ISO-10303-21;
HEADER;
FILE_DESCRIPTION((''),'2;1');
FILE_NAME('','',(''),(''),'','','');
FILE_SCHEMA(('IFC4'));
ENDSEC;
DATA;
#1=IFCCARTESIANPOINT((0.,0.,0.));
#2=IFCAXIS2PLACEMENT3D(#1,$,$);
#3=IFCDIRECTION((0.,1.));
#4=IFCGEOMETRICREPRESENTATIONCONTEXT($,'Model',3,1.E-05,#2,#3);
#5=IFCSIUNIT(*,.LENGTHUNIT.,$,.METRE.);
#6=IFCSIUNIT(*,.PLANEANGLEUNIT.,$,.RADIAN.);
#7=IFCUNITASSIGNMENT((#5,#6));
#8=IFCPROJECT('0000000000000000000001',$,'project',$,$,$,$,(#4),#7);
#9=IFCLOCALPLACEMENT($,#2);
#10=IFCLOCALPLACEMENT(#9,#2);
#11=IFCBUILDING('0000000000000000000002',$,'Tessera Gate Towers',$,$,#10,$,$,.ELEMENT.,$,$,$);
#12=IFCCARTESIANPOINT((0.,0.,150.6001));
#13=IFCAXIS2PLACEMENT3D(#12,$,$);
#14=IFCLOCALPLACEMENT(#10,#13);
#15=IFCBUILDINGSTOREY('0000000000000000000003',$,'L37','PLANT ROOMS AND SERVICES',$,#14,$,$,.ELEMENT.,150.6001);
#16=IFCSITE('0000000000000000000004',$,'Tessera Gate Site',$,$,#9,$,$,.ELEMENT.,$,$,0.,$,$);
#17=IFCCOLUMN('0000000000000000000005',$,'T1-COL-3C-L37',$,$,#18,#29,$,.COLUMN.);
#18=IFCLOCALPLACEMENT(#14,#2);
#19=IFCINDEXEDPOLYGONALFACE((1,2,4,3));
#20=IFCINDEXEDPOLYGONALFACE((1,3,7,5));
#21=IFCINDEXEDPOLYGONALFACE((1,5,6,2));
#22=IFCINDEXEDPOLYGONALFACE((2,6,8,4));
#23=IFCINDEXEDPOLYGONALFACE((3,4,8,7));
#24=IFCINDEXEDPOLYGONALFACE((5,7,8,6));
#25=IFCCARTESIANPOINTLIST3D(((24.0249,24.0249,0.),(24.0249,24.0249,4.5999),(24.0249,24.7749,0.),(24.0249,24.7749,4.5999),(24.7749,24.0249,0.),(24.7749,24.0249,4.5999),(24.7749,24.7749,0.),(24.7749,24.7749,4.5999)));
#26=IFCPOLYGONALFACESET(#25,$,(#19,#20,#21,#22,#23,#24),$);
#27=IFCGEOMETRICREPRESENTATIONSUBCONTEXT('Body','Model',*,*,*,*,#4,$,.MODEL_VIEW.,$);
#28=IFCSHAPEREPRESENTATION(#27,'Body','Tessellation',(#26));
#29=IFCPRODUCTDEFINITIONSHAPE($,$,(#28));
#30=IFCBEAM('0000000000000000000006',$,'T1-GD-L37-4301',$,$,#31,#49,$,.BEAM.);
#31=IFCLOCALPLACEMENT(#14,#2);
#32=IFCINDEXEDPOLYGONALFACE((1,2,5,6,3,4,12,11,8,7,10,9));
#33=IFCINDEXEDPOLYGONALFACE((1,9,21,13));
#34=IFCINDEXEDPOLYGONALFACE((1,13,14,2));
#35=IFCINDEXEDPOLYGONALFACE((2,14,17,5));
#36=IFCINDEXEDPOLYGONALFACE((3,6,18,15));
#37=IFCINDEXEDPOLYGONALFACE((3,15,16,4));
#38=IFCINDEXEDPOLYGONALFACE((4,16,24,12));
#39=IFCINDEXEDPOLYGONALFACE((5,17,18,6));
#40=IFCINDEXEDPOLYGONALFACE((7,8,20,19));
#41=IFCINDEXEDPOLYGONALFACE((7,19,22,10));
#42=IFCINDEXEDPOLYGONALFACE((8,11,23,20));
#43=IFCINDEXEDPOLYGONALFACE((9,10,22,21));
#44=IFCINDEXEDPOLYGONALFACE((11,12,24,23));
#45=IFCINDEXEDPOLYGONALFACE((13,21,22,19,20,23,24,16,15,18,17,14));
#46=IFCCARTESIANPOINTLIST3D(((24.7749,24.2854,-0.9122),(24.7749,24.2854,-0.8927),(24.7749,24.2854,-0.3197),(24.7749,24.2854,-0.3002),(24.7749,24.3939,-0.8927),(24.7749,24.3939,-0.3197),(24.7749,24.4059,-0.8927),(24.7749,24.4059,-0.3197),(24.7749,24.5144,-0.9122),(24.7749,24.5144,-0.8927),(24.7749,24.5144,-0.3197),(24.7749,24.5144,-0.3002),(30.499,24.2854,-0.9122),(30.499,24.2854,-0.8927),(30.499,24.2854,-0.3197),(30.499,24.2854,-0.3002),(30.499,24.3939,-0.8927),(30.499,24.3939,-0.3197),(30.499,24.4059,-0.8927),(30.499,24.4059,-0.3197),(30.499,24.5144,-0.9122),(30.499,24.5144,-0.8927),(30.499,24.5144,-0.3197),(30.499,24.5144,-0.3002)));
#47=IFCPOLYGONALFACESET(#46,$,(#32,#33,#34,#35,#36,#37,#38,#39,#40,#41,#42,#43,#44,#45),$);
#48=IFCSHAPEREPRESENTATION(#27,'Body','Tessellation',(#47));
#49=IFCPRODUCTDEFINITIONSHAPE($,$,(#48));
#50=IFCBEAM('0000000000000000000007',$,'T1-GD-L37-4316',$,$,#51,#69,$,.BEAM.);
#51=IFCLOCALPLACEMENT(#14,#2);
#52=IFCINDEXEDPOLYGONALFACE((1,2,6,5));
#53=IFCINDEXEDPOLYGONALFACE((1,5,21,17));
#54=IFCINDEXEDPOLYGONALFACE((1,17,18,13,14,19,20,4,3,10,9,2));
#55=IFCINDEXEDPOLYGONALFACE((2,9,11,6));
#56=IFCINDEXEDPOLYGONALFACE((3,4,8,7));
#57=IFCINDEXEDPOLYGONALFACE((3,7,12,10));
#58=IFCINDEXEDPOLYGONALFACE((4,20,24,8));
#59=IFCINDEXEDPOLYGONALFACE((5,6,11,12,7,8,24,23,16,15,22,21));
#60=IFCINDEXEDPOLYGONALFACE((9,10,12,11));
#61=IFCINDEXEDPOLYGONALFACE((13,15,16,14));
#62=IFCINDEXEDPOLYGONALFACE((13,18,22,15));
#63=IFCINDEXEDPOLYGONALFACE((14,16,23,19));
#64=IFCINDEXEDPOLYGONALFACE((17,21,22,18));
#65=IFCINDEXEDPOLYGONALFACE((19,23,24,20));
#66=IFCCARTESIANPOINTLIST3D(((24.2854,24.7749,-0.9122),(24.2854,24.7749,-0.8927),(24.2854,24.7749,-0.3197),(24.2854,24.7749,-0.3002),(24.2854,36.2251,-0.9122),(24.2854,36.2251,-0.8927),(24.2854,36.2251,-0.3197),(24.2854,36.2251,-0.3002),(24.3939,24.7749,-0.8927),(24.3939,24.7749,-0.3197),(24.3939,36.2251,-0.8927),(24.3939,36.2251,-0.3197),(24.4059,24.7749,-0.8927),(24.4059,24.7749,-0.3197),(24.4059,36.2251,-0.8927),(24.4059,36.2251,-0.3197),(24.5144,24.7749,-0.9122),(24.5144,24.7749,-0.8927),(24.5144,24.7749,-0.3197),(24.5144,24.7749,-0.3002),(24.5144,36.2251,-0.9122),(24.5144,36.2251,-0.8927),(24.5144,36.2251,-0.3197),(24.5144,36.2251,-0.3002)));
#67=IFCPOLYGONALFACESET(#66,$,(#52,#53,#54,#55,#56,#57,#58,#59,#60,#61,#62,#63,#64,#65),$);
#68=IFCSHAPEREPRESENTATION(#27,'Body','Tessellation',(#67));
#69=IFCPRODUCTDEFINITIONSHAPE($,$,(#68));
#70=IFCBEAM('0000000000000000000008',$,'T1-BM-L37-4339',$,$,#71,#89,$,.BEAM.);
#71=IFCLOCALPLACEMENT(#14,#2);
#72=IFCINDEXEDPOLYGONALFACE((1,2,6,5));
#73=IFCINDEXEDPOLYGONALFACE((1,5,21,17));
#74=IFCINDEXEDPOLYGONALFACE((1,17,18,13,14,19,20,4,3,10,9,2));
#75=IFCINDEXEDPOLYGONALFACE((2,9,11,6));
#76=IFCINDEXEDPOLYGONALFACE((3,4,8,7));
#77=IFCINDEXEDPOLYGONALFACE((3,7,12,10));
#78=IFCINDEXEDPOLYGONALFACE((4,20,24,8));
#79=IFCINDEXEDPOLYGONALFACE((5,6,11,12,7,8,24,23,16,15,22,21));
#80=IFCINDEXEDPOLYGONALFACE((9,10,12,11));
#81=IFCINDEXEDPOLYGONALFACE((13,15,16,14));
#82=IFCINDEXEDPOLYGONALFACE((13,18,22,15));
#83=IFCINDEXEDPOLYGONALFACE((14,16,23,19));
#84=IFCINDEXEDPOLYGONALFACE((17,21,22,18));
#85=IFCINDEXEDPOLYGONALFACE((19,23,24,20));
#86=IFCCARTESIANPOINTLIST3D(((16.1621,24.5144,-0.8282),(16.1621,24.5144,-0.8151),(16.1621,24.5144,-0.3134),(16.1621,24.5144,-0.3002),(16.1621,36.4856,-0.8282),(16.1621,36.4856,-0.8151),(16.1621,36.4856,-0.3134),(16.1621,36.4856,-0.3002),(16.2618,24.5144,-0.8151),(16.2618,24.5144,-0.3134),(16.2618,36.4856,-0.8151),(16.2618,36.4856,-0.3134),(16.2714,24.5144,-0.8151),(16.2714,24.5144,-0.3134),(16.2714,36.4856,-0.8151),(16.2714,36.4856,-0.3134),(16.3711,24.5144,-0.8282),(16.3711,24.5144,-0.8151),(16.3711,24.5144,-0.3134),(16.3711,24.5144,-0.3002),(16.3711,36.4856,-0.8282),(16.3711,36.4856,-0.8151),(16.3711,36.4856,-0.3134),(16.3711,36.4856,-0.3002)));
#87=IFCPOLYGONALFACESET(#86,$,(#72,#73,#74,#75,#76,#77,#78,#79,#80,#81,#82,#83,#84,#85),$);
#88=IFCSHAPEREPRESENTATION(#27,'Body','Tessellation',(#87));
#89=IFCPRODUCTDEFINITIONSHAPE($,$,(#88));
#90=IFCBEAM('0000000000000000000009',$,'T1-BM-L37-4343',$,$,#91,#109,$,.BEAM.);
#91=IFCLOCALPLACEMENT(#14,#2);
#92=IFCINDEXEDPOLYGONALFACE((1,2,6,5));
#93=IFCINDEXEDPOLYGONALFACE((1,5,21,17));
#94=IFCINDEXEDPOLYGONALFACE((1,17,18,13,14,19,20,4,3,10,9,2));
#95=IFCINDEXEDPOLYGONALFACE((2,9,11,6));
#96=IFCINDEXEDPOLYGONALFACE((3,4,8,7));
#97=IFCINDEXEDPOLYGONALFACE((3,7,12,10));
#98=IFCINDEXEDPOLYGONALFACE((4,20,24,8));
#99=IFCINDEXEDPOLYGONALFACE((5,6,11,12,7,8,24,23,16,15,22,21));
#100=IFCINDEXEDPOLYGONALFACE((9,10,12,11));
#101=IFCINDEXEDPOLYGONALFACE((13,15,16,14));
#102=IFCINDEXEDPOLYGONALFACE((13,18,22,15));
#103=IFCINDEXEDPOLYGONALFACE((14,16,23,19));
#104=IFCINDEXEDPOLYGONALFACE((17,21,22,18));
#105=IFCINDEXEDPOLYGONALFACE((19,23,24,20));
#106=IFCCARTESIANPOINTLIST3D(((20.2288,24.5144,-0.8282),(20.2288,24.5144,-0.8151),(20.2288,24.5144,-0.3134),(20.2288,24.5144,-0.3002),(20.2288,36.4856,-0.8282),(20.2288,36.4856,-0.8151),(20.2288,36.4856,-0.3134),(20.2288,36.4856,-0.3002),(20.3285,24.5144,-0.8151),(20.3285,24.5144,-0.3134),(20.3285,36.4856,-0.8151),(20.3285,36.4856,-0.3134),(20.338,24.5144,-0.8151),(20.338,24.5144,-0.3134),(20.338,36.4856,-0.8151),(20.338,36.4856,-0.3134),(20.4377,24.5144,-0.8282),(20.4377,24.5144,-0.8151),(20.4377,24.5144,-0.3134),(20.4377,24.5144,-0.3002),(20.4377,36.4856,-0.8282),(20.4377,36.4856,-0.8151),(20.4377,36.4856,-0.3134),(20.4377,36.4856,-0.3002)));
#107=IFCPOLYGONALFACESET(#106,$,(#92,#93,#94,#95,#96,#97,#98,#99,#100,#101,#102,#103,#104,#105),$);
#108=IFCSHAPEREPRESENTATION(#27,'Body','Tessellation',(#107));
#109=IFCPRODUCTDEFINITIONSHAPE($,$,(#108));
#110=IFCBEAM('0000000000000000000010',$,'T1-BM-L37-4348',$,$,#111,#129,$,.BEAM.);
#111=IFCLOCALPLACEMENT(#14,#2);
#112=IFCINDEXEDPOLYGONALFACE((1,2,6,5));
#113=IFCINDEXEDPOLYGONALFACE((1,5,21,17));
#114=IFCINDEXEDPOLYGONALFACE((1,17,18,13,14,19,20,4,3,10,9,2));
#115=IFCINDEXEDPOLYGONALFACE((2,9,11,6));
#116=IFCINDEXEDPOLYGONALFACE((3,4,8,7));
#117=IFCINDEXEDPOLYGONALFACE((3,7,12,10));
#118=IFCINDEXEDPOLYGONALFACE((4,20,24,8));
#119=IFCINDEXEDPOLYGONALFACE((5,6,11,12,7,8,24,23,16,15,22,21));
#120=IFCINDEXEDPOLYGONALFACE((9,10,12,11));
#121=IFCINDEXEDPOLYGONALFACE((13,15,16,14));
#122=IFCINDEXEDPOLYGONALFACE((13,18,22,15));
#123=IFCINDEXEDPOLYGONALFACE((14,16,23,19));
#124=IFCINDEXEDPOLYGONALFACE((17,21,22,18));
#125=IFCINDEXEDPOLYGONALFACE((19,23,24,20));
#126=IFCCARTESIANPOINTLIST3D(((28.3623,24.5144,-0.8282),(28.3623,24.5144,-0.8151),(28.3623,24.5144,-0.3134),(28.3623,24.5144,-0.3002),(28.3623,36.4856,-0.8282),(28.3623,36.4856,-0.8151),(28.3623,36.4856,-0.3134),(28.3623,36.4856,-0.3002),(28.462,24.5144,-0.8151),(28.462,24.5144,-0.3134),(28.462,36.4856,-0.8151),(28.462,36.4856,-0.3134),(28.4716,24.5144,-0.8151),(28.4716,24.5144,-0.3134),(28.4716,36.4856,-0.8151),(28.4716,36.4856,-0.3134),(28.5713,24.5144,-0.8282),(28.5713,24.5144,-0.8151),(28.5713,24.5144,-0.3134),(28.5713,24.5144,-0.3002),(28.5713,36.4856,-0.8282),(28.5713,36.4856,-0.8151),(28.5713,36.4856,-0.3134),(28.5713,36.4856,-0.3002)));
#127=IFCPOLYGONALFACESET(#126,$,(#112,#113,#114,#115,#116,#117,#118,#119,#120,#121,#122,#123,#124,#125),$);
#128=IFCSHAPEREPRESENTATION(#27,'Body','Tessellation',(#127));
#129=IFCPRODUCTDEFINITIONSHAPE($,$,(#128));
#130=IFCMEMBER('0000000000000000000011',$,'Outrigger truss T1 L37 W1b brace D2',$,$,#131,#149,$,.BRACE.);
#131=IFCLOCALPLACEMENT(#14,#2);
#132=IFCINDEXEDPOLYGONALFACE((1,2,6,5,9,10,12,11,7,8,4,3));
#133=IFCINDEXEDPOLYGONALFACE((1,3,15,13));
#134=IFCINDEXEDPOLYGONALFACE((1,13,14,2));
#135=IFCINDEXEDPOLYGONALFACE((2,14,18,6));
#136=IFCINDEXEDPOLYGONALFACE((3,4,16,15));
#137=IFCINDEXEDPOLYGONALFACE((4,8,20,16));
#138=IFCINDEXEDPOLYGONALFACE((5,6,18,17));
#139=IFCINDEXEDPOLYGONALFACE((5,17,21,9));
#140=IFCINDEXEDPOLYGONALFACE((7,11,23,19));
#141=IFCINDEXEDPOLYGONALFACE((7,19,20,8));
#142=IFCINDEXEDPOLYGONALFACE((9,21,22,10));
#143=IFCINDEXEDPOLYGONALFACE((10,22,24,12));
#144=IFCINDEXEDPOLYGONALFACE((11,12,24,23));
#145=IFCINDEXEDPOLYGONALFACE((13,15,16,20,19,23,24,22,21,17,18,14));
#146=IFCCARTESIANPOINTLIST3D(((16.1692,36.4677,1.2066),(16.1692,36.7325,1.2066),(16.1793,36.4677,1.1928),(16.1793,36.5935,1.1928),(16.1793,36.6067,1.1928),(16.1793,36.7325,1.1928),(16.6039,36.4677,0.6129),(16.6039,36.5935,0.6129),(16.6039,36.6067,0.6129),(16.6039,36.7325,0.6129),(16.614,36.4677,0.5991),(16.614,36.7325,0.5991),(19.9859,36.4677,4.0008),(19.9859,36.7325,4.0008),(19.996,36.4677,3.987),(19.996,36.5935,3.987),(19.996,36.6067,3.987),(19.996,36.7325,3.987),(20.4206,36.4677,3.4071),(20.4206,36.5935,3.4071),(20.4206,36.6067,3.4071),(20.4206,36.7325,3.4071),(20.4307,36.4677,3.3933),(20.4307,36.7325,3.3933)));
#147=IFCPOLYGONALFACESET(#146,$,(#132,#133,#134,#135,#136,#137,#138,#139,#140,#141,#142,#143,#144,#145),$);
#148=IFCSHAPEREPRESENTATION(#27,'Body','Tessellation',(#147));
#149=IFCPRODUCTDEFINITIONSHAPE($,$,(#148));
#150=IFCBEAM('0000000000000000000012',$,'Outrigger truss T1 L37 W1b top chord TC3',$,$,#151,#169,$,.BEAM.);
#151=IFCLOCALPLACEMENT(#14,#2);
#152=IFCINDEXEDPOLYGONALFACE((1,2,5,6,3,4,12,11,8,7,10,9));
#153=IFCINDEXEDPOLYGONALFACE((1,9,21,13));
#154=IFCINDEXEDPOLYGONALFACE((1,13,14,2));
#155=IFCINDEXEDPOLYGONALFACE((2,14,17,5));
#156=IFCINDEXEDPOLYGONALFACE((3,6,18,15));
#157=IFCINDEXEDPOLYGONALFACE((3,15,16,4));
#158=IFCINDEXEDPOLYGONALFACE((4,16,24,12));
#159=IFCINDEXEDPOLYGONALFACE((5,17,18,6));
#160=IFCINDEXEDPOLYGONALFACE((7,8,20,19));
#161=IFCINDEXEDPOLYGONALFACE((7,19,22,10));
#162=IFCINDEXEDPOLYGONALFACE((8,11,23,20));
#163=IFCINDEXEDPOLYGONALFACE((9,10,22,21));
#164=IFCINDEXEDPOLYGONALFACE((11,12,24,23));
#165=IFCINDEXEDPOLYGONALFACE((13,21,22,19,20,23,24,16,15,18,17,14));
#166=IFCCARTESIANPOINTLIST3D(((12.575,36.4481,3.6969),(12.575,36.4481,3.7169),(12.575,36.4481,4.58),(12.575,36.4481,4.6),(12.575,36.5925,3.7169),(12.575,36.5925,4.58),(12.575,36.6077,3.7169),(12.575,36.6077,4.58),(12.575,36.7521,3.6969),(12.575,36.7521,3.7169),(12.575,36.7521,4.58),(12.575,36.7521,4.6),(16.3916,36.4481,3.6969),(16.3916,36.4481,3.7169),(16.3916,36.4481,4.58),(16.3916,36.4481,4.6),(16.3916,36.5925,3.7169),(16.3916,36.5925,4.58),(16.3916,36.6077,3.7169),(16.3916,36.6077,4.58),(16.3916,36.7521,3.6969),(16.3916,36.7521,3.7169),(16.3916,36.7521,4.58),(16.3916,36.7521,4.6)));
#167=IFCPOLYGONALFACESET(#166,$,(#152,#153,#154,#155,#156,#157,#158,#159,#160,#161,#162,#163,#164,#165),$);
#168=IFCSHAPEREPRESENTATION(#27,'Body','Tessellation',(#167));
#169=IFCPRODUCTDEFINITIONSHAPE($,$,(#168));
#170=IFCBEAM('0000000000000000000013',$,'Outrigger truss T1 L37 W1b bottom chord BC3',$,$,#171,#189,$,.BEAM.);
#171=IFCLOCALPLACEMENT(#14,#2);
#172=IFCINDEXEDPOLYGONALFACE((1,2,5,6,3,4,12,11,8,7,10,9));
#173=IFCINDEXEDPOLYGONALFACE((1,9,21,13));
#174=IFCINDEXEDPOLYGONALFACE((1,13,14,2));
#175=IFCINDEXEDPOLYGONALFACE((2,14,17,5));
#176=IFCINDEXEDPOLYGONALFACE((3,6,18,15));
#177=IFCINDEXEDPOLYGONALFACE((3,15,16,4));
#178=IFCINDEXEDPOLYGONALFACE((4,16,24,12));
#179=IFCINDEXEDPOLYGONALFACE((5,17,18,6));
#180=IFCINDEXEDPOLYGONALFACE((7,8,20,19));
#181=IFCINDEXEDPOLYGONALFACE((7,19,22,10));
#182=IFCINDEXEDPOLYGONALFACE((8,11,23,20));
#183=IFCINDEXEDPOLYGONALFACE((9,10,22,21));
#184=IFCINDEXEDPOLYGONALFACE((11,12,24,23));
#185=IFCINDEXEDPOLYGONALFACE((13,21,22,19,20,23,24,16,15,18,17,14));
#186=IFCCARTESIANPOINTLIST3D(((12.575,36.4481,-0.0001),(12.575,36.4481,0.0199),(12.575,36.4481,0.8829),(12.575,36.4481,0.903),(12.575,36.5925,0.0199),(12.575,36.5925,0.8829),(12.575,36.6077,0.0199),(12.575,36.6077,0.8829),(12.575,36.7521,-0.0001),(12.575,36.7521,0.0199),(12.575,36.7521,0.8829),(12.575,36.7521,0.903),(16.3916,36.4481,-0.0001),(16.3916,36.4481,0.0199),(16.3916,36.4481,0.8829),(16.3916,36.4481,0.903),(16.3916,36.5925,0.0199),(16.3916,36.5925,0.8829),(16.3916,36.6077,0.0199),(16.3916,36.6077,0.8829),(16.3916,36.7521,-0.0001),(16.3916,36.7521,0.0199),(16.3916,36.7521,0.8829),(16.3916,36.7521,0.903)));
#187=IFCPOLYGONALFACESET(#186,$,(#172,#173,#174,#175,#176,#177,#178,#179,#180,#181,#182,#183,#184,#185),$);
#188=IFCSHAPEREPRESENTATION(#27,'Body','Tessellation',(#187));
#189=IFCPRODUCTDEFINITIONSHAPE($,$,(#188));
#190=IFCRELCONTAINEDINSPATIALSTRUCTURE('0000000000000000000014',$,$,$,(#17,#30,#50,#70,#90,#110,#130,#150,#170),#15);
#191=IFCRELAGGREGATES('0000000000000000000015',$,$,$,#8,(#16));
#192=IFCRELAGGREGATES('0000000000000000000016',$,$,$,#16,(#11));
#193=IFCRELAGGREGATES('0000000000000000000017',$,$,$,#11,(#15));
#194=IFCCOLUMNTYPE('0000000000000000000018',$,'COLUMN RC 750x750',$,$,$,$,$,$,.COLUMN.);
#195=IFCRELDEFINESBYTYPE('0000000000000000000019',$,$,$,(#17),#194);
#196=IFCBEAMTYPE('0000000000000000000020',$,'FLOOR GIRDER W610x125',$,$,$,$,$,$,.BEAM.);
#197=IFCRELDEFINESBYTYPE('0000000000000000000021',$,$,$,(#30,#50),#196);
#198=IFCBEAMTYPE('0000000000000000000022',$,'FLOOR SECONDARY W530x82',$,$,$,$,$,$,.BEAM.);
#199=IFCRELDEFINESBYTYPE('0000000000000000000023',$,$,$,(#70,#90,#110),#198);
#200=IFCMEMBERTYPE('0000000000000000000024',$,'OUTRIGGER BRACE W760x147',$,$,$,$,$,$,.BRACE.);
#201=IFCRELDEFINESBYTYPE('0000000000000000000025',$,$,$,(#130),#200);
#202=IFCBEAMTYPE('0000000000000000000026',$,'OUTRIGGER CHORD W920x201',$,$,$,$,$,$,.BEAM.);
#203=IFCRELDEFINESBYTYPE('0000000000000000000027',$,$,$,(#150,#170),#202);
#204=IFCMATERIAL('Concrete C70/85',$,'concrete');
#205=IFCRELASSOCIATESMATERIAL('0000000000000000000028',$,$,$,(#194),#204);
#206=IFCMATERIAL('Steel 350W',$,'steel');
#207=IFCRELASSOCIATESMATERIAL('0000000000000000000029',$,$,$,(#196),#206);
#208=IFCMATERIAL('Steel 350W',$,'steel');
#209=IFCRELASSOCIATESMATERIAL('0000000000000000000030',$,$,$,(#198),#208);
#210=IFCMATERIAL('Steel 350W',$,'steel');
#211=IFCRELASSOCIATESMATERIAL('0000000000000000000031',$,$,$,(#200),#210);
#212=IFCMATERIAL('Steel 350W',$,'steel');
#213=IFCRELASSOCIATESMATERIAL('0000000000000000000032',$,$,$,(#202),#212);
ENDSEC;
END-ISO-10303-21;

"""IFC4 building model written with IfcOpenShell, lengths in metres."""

from ifc_helpers import new_model, si_unit, direction, frame, origin, origin_2d, place, context, subcontext, project, spatial, rectangle, i_section, extrude, material, material_profile, profile_set, type_object, element, save


model = new_model("IFC4")

# Units and contexts
model_context = context("Model", 3, precision=1e-05, world=origin(), true_north=direction((0.0, 1.0)))
body_context = subcontext(model_context, "Body", "Model", "MODEL_VIEW")
ifc_project = project(units=[si_unit("LENGTHUNIT", "METRE"), si_unit("PLANEANGLEUNIT", "RADIAN")], contexts=[model_context])

# Site, building, storey
site_placement = place(None, origin())
site = spatial("IfcSite", under=ifc_project, at=site_placement, Name="Tessera Gate Site", CompositionType="ELEMENT", RefElevation=0.0)
building_placement = place(site_placement, origin())
building = spatial("IfcBuilding", under=site, at=building_placement, Name="Tessera Gate Towers", CompositionType="ELEMENT")
storey_placement = place(building_placement, frame((0.0, 0.0, 150.6001)))
storey = spatial("IfcBuildingStorey", under=building, at=storey_placement, Name="L37", Description="PLANT ROOMS AND SERVICES", CompositionType="ELEMENT", Elevation=150.6001)

# Column
ifc_material_1 = material(Name="Concrete C70/85", Category="concrete")
ifc_material_profile_1 = material_profile(ifc_material_1, rectangle(XDim=0.75, YDim=0.75, at=origin_2d()), Name="RC 750x750")
ifc_profile_set_1 = profile_set([ifc_material_profile_1], Name="Concrete C70/85")
column_type = type_object("IfcColumnType", Name="COLUMN RC 750x750", PredefinedType="COLUMN", material=ifc_profile_set_1)
column_placement = place(storey_placement, frame((24.3999, 24.3999, 0.0), z_axis=(0.0, 0.0, 1.0), x_axis=(1.0, 0.0, 0.0)))
element("IfcColumn", 1, at=column_placement, inside=storey, type_object=column_type, Name="T1-COL-3C-L37", PredefinedType="COLUMN", context=body_context, shape_type="SweptSolid", body=[
    extrude(rectangle(XDim=0.75, YDim=0.75, at=origin_2d()), origin(), (0.0, 0.0, 1.0), 4.5999),
])

# Beams
ifc_material_2 = material(Name="Steel 350W", Category="steel")
ifc_material_profile_2 = material_profile(ifc_material_2, i_section(OverallWidth=0.229, OverallDepth=0.6121, WebThickness=0.012, FlangeThickness=0.0195, at=origin_2d()), Name="W610x125")
ifc_profile_set_2 = profile_set([ifc_material_profile_2], Name="Steel 350W")
beam_type_1 = type_object("IfcBeamType", Name="FLOOR GIRDER W610x125", PredefinedType="BEAM", material=ifc_profile_set_2)
beam_1_placement = place(storey_placement, frame((24.7749, 24.3999, -0.6062), z_axis=(1.0, 0.0, 0.0), x_axis=(0.0, 1.0, 0.0)))
element("IfcBeam", 2, at=beam_1_placement, inside=storey, type_object=beam_type_1, Name="T1-GD-L37-4301", PredefinedType="BEAM", context=body_context, shape_type="SweptSolid", body=[
    extrude(i_section(OverallWidth=0.229, OverallDepth=0.6121, WebThickness=0.012, FlangeThickness=0.0195, at=origin_2d()), origin(), (0.0, 0.0, 1.0), 5.7241),
])
beam_2_placement = place(storey_placement, frame((24.3999, 24.7749, -0.6062), z_axis=(0.0, 1.0, 0.0), x_axis=(-1.0, 0.0, 0.0)))
element("IfcBeam", 3, at=beam_2_placement, inside=storey, type_object=beam_type_1, Name="T1-GD-L37-4316", PredefinedType="BEAM", context=body_context, shape_type="SweptSolid", body=[
    extrude(i_section(OverallWidth=0.229, OverallDepth=0.6121, WebThickness=0.012, FlangeThickness=0.0195, at=origin_2d()), origin(), (0.0, 0.0, 1.0), 11.4502),
])
ifc_material_3 = material(Name="Steel 350W", Category="steel")
ifc_material_profile_3 = material_profile(ifc_material_3, i_section(OverallWidth=0.209, OverallDepth=0.5281, WebThickness=0.0095, FlangeThickness=0.0132, at=origin_2d()), Name="W530x82")
ifc_profile_set_3 = profile_set([ifc_material_profile_3], Name="Steel 350W")
beam_type_2 = type_object("IfcBeamType", Name="FLOOR SECONDARY W530x82", PredefinedType="BEAM", material=ifc_profile_set_3)
for number, where, z_axis, x_axis, name in (
    (4, (16.2666, 24.5144, -0.5642), (0.0, 1.0, 0.0), (-1.0, 0.0, 0.0), "T1-BM-L37-4339"),
    (5, (20.3333, 24.5144, -0.5642), (0.0, 1.0, 0.0), (-1.0, 0.0, 0.0), "T1-BM-L37-4343"),
    (6, (28.4668, 24.5144, -0.5642), (0.0, 1.0, 0.0), (-1.0, 0.0, 0.0), "T1-BM-L37-4348"),
):
    element("IfcBeam", number, at=place(storey_placement, frame(where, z_axis=z_axis, x_axis=x_axis)), inside=storey, type_object=beam_type_2, Name=name, PredefinedType="BEAM", context=body_context, shape_type="SweptSolid", body=[
        extrude(i_section(OverallWidth=0.209, OverallDepth=0.5281, WebThickness=0.0095, FlangeThickness=0.0132, at=origin_2d()), origin(), (0.0, 0.0, 1.0), 11.9712),
    ])

# Member
ifc_material_4 = material(Name="Steel 350W", Category="steel")
ifc_material_profile_4 = material_profile(ifc_material_4, i_section(OverallWidth=0.2649, OverallDepth=0.7529, WebThickness=0.0132, FlangeThickness=0.0171, at=origin_2d()), Name="W760x147")
ifc_profile_set_4 = profile_set([ifc_material_profile_4], Name="Steel 350W")
member_type_1 = type_object("IfcMemberType", Name="OUTRIGGER BRACE W760x147", PredefinedType="BRACE", material=ifc_profile_set_4)
member_1_placement = place(storey_placement, frame((16.3916, 36.6001, 0.9028), z_axis=(0.806877, 0.0, 0.590719), x_axis=(0.0, 1.0, 0.0)))
element("IfcMember", 7, at=member_1_placement, inside=storey, type_object=member_type_1, Name="Outrigger truss T1 L37 W1b brace D2", PredefinedType="BRACE", context=body_context, shape_type="SweptSolid", body=[
    extrude(i_section(OverallWidth=0.2649, OverallDepth=0.7529, WebThickness=0.0132, FlangeThickness=0.0171, at=origin_2d()), origin(), (0.0, 0.0, 1.0), 4.7302),
])

# Beams
ifc_material_5 = material(Name="Steel 350W", Category="steel")
ifc_material_profile_5 = material_profile(ifc_material_5, i_section(OverallWidth=0.304, OverallDepth=0.9031, WebThickness=0.0151, FlangeThickness=0.02, at=origin_2d()), Name="W920x201")
ifc_profile_set_5 = profile_set([ifc_material_profile_5], Name="Steel 350W")
beam_type_3 = type_object("IfcBeamType", Name="OUTRIGGER CHORD W920x201", PredefinedType="BEAM", material=ifc_profile_set_5)
for number, where, z_axis, x_axis, name in (
    (8, (16.3916, 36.6001, 4.1484), (-1.0, 0.0, 0.0), (0.0, -1.0, 0.0), "Outrigger truss T1 L37 W1b top chord TC3"),
    (9, (16.3916, 36.6001, 0.4514), (-1.0, 0.0, 0.0), (0.0, -1.0, 0.0), "Outrigger truss T1 L37 W1b bottom chord BC3"),
):
    element("IfcBeam", number, at=place(storey_placement, frame(where, z_axis=z_axis, x_axis=x_axis)), inside=storey, type_object=beam_type_3, Name=name, PredefinedType="BEAM", context=body_context, shape_type="SweptSolid", body=[
        extrude(i_section(OverallWidth=0.304, OverallDepth=0.9031, WebThickness=0.0151, FlangeThickness=0.02, at=origin_2d()), origin(), (0.0, 0.0, 1.0), 3.8167),
    ])

save(model, "model.ifc")
